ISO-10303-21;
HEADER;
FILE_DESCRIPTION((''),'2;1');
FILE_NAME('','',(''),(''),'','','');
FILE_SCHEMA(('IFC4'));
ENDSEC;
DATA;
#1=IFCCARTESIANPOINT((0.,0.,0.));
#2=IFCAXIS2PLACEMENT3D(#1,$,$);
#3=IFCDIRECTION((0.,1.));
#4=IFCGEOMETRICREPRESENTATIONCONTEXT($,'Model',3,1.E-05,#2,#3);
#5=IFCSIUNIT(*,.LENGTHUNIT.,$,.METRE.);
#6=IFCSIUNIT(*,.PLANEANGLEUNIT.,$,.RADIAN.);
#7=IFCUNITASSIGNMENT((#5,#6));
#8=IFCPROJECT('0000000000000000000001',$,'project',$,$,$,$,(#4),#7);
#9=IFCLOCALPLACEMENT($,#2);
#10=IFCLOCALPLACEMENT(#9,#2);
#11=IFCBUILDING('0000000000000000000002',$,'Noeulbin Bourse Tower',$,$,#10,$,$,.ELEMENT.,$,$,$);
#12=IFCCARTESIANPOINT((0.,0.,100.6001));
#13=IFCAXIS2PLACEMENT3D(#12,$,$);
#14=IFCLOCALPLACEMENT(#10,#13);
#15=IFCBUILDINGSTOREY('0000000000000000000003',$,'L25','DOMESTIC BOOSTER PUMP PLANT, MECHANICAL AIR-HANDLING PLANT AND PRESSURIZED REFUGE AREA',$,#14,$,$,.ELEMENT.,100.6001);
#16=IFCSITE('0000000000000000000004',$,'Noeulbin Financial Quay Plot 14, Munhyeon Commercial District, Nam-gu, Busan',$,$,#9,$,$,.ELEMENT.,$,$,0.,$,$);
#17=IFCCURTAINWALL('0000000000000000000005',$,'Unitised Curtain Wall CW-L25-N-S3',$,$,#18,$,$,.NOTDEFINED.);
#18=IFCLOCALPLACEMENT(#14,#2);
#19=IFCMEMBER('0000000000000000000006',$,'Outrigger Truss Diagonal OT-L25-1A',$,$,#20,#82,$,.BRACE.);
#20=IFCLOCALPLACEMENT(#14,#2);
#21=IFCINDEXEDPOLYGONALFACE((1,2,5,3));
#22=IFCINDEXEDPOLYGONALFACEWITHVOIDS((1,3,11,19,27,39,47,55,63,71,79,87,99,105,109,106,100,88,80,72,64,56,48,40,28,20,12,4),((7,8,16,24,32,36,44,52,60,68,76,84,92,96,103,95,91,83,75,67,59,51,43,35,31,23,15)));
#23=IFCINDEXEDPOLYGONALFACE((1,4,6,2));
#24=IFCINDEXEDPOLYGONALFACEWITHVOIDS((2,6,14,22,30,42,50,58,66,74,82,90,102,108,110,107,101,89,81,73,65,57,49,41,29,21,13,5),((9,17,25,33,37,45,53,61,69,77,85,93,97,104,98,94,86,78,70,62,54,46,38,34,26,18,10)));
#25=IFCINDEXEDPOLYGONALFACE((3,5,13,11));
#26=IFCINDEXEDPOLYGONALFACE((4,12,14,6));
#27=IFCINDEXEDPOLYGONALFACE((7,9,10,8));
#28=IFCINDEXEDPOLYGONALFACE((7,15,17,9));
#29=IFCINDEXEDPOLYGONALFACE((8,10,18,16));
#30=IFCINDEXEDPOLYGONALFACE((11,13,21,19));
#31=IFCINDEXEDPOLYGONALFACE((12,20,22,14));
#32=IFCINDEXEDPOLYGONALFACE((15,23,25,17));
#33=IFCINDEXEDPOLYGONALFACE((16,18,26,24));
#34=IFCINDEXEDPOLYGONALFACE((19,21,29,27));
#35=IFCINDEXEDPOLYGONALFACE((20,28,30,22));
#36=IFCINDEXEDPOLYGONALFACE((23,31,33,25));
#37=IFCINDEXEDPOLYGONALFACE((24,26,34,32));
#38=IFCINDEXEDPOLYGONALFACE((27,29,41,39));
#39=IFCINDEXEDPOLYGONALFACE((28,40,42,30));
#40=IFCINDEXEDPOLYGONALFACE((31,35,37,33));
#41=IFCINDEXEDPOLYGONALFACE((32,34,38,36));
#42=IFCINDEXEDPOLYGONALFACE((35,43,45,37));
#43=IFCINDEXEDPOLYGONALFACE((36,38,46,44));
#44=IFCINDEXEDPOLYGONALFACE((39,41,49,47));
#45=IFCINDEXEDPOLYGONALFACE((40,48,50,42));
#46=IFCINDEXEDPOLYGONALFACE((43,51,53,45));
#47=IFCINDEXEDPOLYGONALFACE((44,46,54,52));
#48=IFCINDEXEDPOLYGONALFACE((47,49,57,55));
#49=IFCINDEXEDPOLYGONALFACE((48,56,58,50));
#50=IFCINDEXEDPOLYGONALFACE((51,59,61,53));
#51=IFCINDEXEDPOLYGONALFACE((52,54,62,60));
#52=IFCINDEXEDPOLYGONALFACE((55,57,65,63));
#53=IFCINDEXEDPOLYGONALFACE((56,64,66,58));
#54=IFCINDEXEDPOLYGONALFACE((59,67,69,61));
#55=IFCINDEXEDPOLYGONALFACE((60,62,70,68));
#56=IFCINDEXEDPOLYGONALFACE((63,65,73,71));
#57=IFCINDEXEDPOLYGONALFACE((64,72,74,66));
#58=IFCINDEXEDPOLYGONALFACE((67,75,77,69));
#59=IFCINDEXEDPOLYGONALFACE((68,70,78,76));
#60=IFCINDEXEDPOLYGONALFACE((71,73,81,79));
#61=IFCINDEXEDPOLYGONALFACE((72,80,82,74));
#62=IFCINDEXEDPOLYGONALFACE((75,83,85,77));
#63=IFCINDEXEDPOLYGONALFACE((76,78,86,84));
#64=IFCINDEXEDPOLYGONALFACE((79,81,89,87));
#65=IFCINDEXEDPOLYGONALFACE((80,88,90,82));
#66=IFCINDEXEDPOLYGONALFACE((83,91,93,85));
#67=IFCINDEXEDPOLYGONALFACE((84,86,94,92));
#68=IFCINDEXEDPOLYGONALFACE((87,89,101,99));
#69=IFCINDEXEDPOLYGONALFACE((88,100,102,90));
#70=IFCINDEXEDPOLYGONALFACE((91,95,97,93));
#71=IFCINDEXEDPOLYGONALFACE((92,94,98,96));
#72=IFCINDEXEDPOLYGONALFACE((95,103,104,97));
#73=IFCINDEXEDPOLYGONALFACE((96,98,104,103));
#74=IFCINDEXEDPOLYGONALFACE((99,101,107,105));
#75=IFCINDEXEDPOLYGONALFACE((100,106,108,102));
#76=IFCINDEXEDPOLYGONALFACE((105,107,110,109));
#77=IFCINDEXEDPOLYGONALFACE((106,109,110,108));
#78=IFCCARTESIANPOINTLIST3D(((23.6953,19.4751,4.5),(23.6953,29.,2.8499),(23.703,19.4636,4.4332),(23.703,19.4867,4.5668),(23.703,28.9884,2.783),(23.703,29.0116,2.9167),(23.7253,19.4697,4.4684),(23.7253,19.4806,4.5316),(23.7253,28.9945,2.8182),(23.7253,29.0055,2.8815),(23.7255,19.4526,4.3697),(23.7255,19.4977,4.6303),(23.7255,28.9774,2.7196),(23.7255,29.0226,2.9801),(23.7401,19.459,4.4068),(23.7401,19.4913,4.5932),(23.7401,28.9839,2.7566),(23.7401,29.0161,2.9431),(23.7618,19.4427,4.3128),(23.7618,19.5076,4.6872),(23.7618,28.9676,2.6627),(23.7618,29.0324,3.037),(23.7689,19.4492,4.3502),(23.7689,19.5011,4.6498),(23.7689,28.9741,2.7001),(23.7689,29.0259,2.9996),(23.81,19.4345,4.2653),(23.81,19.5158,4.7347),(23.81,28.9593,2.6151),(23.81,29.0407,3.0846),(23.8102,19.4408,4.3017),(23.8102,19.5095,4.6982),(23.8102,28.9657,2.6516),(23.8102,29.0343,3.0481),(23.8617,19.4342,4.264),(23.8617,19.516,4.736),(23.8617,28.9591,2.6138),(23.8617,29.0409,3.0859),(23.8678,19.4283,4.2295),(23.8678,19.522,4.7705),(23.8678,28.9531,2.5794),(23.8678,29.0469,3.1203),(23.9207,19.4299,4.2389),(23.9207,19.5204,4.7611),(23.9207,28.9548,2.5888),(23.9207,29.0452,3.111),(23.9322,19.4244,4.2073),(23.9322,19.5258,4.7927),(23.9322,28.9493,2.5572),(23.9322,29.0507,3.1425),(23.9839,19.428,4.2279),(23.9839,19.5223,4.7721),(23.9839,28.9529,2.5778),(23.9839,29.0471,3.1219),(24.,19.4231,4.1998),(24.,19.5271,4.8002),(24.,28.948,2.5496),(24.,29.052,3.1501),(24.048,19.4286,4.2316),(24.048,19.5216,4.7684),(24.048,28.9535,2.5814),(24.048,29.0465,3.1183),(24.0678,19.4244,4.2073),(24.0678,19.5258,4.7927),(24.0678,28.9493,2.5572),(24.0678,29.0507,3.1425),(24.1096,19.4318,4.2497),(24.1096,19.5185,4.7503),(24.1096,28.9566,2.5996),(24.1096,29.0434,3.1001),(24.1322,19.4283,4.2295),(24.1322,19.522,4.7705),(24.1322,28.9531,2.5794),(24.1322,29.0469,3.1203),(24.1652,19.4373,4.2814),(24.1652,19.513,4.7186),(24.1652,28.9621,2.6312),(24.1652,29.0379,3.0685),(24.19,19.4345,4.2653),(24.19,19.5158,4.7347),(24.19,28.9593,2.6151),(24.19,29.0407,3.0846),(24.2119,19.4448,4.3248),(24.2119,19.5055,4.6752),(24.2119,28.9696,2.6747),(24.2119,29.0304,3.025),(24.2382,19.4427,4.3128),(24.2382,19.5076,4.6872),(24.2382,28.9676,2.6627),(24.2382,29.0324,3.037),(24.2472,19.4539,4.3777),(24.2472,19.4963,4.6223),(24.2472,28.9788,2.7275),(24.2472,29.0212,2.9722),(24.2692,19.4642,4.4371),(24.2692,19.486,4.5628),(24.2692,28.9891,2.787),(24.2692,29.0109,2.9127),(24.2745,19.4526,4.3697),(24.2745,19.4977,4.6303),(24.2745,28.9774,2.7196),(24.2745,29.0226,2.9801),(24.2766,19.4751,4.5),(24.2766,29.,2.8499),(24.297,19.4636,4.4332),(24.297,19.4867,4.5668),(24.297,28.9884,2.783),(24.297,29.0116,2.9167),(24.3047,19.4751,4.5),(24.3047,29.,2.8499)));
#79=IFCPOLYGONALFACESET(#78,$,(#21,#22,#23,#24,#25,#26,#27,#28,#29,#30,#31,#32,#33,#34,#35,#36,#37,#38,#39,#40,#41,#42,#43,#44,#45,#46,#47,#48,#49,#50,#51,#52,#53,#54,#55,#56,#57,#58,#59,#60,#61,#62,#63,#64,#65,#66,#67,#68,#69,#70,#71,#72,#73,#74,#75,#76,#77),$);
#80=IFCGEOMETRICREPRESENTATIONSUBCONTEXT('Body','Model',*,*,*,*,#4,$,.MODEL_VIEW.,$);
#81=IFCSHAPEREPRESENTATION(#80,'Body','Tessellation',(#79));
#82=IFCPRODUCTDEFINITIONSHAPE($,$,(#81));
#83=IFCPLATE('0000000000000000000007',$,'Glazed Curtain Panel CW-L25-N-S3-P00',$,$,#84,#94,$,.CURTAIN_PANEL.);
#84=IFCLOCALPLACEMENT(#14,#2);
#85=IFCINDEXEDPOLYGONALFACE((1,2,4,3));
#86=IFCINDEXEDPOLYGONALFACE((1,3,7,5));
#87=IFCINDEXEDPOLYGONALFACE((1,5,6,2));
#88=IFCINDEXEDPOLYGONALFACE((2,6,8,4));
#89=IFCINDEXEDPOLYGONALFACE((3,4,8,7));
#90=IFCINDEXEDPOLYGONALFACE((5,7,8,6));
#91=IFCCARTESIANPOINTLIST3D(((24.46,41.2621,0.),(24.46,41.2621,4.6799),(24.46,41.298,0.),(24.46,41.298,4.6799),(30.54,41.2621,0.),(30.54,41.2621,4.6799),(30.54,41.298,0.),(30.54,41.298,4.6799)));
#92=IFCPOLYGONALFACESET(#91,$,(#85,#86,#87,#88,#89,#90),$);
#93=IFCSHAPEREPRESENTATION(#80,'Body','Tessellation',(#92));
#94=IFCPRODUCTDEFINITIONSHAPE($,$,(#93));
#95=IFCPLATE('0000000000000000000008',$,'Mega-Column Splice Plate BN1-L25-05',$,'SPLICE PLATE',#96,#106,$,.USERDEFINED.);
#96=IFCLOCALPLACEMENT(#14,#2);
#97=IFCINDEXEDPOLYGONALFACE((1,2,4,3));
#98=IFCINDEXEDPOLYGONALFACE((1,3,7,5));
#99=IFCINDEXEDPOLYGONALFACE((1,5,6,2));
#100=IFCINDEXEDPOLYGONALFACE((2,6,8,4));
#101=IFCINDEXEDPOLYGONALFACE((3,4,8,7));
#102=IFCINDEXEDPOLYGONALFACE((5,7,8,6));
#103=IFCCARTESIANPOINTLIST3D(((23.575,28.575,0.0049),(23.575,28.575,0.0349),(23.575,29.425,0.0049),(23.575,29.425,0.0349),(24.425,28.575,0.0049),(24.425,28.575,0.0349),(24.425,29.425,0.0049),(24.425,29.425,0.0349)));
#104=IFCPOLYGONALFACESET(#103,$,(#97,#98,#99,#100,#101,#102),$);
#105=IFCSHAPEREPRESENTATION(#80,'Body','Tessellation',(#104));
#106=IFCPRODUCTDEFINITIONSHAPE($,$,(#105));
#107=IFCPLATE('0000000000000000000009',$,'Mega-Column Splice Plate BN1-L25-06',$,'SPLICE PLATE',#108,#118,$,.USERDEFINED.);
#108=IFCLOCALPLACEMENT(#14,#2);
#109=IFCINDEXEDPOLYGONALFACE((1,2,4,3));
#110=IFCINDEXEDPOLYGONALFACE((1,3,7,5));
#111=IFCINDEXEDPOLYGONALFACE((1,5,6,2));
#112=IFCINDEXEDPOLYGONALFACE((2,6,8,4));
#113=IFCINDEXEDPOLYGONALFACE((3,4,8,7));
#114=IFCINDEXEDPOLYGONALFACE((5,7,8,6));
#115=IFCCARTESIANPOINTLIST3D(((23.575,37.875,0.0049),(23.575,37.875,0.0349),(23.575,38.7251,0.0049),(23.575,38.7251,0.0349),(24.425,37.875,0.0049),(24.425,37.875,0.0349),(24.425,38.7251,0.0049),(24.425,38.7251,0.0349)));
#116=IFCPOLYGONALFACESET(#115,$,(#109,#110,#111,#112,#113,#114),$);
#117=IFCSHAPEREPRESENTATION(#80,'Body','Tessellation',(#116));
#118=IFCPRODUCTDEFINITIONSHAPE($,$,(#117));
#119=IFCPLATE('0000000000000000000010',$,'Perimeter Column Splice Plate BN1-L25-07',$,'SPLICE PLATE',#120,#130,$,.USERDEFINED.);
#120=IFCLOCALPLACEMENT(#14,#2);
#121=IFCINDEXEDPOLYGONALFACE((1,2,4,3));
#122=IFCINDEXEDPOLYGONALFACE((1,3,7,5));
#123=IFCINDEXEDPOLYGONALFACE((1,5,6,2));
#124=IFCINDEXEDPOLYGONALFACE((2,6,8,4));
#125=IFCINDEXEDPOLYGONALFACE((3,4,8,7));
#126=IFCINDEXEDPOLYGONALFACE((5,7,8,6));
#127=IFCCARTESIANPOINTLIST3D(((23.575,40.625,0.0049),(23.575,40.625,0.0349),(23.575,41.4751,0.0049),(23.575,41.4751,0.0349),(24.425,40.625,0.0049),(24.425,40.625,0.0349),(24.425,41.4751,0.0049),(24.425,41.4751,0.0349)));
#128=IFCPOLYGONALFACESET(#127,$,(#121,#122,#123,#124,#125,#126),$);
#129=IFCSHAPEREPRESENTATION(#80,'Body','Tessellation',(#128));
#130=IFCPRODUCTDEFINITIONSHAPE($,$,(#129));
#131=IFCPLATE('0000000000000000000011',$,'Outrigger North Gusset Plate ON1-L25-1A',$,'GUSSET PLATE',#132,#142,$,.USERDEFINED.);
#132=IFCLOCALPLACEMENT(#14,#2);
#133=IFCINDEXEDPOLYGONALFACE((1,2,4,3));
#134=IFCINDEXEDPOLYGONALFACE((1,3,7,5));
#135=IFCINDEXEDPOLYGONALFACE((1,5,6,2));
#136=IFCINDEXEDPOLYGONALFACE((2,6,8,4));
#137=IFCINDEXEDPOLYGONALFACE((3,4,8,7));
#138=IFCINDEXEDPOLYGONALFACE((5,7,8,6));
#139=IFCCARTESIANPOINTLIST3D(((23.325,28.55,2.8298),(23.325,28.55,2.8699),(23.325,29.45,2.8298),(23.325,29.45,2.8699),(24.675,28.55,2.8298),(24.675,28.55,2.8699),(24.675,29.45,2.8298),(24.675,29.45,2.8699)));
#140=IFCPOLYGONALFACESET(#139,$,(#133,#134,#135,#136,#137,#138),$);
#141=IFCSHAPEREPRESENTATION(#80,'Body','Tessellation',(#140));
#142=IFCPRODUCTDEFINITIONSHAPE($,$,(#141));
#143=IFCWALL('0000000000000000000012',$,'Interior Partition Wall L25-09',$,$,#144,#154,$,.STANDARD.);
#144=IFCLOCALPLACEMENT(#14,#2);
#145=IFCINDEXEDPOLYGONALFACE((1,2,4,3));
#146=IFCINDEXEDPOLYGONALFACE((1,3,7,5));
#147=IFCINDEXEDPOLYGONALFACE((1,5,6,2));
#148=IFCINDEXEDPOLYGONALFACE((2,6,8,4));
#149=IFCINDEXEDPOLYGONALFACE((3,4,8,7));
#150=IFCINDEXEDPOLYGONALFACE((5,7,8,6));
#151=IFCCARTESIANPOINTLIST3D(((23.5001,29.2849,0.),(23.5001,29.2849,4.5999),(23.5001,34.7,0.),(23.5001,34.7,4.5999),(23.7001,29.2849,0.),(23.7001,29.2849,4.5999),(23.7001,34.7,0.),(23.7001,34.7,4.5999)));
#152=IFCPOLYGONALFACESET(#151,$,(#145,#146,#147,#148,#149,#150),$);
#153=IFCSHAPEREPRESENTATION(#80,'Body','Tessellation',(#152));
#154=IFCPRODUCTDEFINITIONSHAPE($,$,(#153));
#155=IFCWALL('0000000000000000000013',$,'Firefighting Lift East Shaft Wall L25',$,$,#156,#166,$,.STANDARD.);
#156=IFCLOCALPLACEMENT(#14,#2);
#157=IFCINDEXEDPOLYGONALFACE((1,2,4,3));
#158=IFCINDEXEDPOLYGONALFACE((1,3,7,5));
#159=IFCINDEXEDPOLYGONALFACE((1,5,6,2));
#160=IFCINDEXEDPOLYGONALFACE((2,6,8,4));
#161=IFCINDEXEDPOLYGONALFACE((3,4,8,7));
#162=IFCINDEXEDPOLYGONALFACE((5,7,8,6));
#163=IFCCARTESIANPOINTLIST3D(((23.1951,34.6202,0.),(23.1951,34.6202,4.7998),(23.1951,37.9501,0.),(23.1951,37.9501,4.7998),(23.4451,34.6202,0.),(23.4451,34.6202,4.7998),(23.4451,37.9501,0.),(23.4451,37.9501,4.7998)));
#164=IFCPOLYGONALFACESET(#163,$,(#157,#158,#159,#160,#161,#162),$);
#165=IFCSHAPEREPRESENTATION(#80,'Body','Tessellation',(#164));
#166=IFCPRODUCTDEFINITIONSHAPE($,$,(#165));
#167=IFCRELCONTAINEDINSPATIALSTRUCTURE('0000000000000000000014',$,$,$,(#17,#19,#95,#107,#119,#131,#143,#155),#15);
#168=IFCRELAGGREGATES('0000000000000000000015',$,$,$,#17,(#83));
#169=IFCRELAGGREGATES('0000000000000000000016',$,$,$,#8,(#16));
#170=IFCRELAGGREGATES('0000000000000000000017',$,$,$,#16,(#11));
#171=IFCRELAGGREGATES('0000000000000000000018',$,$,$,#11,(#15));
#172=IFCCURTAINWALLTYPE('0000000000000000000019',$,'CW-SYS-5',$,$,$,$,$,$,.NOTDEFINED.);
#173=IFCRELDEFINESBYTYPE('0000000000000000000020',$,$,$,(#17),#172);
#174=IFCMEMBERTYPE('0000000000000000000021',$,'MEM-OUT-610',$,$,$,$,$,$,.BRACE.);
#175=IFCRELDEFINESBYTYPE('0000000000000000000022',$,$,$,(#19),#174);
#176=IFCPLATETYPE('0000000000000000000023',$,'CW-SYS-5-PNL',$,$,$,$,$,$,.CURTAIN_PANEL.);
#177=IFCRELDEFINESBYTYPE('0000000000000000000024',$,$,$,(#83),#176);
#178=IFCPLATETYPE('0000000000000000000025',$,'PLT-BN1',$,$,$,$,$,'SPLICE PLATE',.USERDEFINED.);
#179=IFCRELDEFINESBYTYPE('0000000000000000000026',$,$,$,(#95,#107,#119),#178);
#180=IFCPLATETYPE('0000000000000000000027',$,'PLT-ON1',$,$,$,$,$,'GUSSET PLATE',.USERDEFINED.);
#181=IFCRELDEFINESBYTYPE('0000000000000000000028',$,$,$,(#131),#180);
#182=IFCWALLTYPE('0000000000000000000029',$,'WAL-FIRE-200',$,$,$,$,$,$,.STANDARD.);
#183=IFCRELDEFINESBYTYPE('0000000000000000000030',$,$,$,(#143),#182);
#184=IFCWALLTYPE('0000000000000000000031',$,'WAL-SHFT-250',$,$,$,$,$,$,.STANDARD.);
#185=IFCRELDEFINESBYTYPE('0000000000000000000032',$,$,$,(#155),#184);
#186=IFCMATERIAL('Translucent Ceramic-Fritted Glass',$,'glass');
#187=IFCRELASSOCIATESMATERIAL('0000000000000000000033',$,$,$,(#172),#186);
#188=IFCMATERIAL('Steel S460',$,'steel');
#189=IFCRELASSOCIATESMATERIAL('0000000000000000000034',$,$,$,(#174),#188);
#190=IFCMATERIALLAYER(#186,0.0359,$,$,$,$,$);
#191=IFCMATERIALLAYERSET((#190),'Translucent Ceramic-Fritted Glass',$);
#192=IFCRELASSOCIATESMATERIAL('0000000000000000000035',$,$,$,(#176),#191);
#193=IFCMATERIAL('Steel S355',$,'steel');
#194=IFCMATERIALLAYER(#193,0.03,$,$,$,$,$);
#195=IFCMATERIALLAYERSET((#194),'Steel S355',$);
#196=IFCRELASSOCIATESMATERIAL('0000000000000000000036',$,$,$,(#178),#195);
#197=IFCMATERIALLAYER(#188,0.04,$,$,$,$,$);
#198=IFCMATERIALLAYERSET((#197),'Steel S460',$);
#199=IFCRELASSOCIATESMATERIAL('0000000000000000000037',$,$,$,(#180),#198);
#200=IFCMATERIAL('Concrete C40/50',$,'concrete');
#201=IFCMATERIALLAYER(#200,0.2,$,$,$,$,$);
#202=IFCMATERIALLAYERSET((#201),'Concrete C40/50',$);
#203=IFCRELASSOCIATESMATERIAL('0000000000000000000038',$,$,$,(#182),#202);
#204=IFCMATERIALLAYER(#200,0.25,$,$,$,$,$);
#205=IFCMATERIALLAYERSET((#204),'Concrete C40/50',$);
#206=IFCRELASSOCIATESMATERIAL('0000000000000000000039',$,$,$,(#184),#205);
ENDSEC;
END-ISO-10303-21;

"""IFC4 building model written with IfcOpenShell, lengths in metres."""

from ifc_helpers import new_model, si_unit, direction, frame, frame_2d, origin, origin_2d, place, context, subcontext, project, spatial, rectangle, hollow_circle, extrude, material, layer, layer_set, material_profile, profile_set, type_object, element, aggregate, save


model = new_model("IFC4")

# Units and contexts
model_context = context("Model", 3, precision=1e-05, world=origin(), true_north=direction((0.0, 1.0)))
body_context = subcontext(model_context, "Body", "Model", "MODEL_VIEW")
ifc_project = project(units=[si_unit("LENGTHUNIT", "METRE"), si_unit("PLANEANGLEUNIT", "RADIAN")], contexts=[model_context])

# Site, building, storey
site_placement = place(None, origin())
site = spatial("IfcSite", under=ifc_project, at=site_placement, Name="Noeulbin Financial Quay Plot 14, Munhyeon Commercial District, Nam-gu, Busan", CompositionType="ELEMENT", RefElevation=0.0)
building_placement = place(site_placement, origin())
building = spatial("IfcBuilding", under=site, at=building_placement, Name="Noeulbin Bourse Tower", CompositionType="ELEMENT")
storey_placement = place(building_placement, frame((0.0, 0.0, 100.6001)))
storey = spatial("IfcBuildingStorey", under=building, at=storey_placement, Name="L25", Description="DOMESTIC BOOSTER PUMP PLANT, MECHANICAL AIR-HANDLING PLANT AND PRESSURIZED REFUGE AREA", CompositionType="ELEMENT", Elevation=100.6001)

# Shared definitions
ifc_material_1 = material(Name="Steel S460", Category="steel")

# Shared definitions
ifc_material_2 = material(Name="Steel S355", Category="steel")

# Shared definitions
ifc_material_3 = material(Name="Translucent Ceramic-Fritted Glass", Category="glass")
curtain_wall_type = type_object("IfcCurtainWallType", Name="CW-SYS-5", PredefinedType="NOTDEFINED", material=ifc_material_3)

# Curtain wall
curtain_wall_1_placement = place(storey_placement, origin())
curtain_wall_1 = element("IfcCurtainWall", 1, at=curtain_wall_1_placement, inside=storey, type_object=curtain_wall_type, Name="Unitised Curtain Wall CW-L25-N-S3", PredefinedType="NOTDEFINED")

# Member
ifc_material_profile_1 = material_profile(ifc_material_1, hollow_circle(Radius=0.3047, WallThickness=0.0281, at=origin_2d()), Name="CHS-609.6x28.0", Category="LoadBearing")
ifc_profile_set_1 = profile_set([ifc_material_profile_1], Name="Steel S460")
member_type_1 = type_object("IfcMemberType", Name="MEM-OUT-610", PredefinedType="BRACE", material=ifc_profile_set_1)
member_1_placement = place(storey_placement, frame((24.0, 29.0, 2.8499), z_axis=(0.0, -0.985323, 0.170703), x_axis=(1.0, 0.0, 0.0)))
element("IfcMember", 2, at=member_1_placement, inside=storey, type_object=member_type_1, Name="Outrigger Truss Diagonal OT-L25-1A", PredefinedType="BRACE", context=body_context, shape_type="SweptSolid", body=[
    extrude(hollow_circle(Radius=0.3047, WallThickness=0.0281, at=origin_2d()), origin(), (0.0, 0.0, 1.0), 9.6667),
])

# Plate
ifc_layer_1 = layer(ifc_material_3, 0.0359)
ifc_layer_set_1 = layer_set([ifc_layer_1], Name="Translucent Ceramic-Fritted Glass")
plate_type_1 = type_object("IfcPlateType", Name="CW-SYS-5-PNL", PredefinedType="CURTAIN_PANEL", material=ifc_layer_set_1)
plate_1_placement = place(storey_placement, frame((27.5, 41.28, 0.0), z_axis=(0.0, 0.0, 1.0), x_axis=(1.0, 0.0, 0.0)))
plate_1 = element("IfcPlate", 3, at=plate_1_placement, type_object=plate_type_1, Name="Glazed Curtain Panel CW-L25-N-S3-P00", PredefinedType="CURTAIN_PANEL", context=body_context, shape_type="SweptSolid", body=[
    extrude(rectangle(XDim=6.0801, YDim=0.0359, at=origin_2d()), origin(), (0.0, 0.0, 1.0), 4.6799),
])
aggregate(curtain_wall_1, [plate_1])

# Plates
ifc_layer_2 = layer(ifc_material_2, 0.03)
ifc_layer_set_2 = layer_set([ifc_layer_2], Name="Steel S355")
plate_type_2 = type_object("IfcPlateType", Name="PLT-BN1", ElementType="SPLICE PLATE", PredefinedType="USERDEFINED", material=ifc_layer_set_2)
for number, where, z_axis, x_axis, name in (
    (4, (24.0, 29.0, 0.0049), (0.0, 0.0, 1.0), (1.0, 0.0, 0.0), "Mega-Column Splice Plate BN1-L25-05"),
    (5, (24.0, 38.3, 0.0049), (0.0, 0.0, 1.0), (1.0, 0.0, 0.0), "Mega-Column Splice Plate BN1-L25-06"),
    (6, (24.0, 41.05, 0.0049), (0.0, 0.0, 1.0), (1.0, 0.0, 0.0), "Perimeter Column Splice Plate BN1-L25-07"),
):
    element("IfcPlate", number, at=place(storey_placement, frame(where, z_axis=z_axis, x_axis=x_axis)), inside=storey, type_object=plate_type_2, Name=name, ObjectType="SPLICE PLATE", PredefinedType="USERDEFINED", context=body_context, shape_type="SweptSolid", body=[
        extrude(rectangle(XDim=0.8501, YDim=0.8501, at=origin_2d()), origin(), (0.0, 0.0, 1.0), 0.03),
    ])
ifc_layer_3 = layer(ifc_material_1, 0.04)
ifc_layer_set_3 = layer_set([ifc_layer_3], Name="Steel S460")
plate_type_3 = type_object("IfcPlateType", Name="PLT-ON1", ElementType="GUSSET PLATE", PredefinedType="USERDEFINED", material=ifc_layer_set_3)
plate_2_placement = place(storey_placement, frame((24.0, 29.0, 2.8298), z_axis=(0.0, 0.0, 1.0), x_axis=(1.0, 0.0, 0.0)))
element("IfcPlate", 7, at=plate_2_placement, inside=storey, type_object=plate_type_3, Name="Outrigger North Gusset Plate ON1-L25-1A", ObjectType="GUSSET PLATE", PredefinedType="USERDEFINED", context=body_context, shape_type="SweptSolid", body=[
    extrude(rectangle(XDim=1.3501, YDim=0.8999, at=origin_2d()), origin(), (0.0, 0.0, 1.0), 0.04),
])

# Walls
ifc_material_4 = material(Name="Concrete C40/50", Category="concrete")
ifc_layer_4 = layer(ifc_material_4, 0.2)
ifc_layer_set_4 = layer_set([ifc_layer_4], Name="Concrete C40/50")
wall_type_1 = type_object("IfcWallType", Name="WAL-FIRE-200", PredefinedType="STANDARD", material=ifc_layer_set_4)
wall_1_placement = place(storey_placement, frame((23.6001, 29.2849, 0.0), z_axis=(0.0, 0.0, 1.0), x_axis=(0.0, 1.0, 0.0)))
element("IfcWall", 8, at=wall_1_placement, inside=storey, type_object=wall_type_1, Name="Interior Partition Wall L25-09", PredefinedType="STANDARD", context=body_context, shape_type="SweptSolid", body=[
    extrude(rectangle(XDim=5.415, YDim=0.2, at=frame_2d((2.7075, 0.0))), origin(), (0.0, 0.0, 1.0), 4.5999),
])
ifc_layer_5 = layer(ifc_material_4, 0.25)
ifc_layer_set_5 = layer_set([ifc_layer_5], Name="Concrete C40/50")
wall_type_2 = type_object("IfcWallType", Name="WAL-SHFT-250", PredefinedType="STANDARD", material=ifc_layer_set_5)
wall_2_placement = place(storey_placement, frame((23.3201, 34.6201, 0.0), z_axis=(0.0, 0.0, 1.0), x_axis=(0.0, 1.0, 0.0)))
element("IfcWall", 9, at=wall_2_placement, inside=storey, type_object=wall_type_2, Name="Firefighting Lift East Shaft Wall L25", PredefinedType="STANDARD", context=body_context, shape_type="SweptSolid", body=[
    extrude(rectangle(XDim=3.3298, YDim=0.25, at=frame_2d((1.665, 0.0))), origin(), (0.0, 0.0, 1.0), 4.7998),
])

save(model, "model.ifc")
